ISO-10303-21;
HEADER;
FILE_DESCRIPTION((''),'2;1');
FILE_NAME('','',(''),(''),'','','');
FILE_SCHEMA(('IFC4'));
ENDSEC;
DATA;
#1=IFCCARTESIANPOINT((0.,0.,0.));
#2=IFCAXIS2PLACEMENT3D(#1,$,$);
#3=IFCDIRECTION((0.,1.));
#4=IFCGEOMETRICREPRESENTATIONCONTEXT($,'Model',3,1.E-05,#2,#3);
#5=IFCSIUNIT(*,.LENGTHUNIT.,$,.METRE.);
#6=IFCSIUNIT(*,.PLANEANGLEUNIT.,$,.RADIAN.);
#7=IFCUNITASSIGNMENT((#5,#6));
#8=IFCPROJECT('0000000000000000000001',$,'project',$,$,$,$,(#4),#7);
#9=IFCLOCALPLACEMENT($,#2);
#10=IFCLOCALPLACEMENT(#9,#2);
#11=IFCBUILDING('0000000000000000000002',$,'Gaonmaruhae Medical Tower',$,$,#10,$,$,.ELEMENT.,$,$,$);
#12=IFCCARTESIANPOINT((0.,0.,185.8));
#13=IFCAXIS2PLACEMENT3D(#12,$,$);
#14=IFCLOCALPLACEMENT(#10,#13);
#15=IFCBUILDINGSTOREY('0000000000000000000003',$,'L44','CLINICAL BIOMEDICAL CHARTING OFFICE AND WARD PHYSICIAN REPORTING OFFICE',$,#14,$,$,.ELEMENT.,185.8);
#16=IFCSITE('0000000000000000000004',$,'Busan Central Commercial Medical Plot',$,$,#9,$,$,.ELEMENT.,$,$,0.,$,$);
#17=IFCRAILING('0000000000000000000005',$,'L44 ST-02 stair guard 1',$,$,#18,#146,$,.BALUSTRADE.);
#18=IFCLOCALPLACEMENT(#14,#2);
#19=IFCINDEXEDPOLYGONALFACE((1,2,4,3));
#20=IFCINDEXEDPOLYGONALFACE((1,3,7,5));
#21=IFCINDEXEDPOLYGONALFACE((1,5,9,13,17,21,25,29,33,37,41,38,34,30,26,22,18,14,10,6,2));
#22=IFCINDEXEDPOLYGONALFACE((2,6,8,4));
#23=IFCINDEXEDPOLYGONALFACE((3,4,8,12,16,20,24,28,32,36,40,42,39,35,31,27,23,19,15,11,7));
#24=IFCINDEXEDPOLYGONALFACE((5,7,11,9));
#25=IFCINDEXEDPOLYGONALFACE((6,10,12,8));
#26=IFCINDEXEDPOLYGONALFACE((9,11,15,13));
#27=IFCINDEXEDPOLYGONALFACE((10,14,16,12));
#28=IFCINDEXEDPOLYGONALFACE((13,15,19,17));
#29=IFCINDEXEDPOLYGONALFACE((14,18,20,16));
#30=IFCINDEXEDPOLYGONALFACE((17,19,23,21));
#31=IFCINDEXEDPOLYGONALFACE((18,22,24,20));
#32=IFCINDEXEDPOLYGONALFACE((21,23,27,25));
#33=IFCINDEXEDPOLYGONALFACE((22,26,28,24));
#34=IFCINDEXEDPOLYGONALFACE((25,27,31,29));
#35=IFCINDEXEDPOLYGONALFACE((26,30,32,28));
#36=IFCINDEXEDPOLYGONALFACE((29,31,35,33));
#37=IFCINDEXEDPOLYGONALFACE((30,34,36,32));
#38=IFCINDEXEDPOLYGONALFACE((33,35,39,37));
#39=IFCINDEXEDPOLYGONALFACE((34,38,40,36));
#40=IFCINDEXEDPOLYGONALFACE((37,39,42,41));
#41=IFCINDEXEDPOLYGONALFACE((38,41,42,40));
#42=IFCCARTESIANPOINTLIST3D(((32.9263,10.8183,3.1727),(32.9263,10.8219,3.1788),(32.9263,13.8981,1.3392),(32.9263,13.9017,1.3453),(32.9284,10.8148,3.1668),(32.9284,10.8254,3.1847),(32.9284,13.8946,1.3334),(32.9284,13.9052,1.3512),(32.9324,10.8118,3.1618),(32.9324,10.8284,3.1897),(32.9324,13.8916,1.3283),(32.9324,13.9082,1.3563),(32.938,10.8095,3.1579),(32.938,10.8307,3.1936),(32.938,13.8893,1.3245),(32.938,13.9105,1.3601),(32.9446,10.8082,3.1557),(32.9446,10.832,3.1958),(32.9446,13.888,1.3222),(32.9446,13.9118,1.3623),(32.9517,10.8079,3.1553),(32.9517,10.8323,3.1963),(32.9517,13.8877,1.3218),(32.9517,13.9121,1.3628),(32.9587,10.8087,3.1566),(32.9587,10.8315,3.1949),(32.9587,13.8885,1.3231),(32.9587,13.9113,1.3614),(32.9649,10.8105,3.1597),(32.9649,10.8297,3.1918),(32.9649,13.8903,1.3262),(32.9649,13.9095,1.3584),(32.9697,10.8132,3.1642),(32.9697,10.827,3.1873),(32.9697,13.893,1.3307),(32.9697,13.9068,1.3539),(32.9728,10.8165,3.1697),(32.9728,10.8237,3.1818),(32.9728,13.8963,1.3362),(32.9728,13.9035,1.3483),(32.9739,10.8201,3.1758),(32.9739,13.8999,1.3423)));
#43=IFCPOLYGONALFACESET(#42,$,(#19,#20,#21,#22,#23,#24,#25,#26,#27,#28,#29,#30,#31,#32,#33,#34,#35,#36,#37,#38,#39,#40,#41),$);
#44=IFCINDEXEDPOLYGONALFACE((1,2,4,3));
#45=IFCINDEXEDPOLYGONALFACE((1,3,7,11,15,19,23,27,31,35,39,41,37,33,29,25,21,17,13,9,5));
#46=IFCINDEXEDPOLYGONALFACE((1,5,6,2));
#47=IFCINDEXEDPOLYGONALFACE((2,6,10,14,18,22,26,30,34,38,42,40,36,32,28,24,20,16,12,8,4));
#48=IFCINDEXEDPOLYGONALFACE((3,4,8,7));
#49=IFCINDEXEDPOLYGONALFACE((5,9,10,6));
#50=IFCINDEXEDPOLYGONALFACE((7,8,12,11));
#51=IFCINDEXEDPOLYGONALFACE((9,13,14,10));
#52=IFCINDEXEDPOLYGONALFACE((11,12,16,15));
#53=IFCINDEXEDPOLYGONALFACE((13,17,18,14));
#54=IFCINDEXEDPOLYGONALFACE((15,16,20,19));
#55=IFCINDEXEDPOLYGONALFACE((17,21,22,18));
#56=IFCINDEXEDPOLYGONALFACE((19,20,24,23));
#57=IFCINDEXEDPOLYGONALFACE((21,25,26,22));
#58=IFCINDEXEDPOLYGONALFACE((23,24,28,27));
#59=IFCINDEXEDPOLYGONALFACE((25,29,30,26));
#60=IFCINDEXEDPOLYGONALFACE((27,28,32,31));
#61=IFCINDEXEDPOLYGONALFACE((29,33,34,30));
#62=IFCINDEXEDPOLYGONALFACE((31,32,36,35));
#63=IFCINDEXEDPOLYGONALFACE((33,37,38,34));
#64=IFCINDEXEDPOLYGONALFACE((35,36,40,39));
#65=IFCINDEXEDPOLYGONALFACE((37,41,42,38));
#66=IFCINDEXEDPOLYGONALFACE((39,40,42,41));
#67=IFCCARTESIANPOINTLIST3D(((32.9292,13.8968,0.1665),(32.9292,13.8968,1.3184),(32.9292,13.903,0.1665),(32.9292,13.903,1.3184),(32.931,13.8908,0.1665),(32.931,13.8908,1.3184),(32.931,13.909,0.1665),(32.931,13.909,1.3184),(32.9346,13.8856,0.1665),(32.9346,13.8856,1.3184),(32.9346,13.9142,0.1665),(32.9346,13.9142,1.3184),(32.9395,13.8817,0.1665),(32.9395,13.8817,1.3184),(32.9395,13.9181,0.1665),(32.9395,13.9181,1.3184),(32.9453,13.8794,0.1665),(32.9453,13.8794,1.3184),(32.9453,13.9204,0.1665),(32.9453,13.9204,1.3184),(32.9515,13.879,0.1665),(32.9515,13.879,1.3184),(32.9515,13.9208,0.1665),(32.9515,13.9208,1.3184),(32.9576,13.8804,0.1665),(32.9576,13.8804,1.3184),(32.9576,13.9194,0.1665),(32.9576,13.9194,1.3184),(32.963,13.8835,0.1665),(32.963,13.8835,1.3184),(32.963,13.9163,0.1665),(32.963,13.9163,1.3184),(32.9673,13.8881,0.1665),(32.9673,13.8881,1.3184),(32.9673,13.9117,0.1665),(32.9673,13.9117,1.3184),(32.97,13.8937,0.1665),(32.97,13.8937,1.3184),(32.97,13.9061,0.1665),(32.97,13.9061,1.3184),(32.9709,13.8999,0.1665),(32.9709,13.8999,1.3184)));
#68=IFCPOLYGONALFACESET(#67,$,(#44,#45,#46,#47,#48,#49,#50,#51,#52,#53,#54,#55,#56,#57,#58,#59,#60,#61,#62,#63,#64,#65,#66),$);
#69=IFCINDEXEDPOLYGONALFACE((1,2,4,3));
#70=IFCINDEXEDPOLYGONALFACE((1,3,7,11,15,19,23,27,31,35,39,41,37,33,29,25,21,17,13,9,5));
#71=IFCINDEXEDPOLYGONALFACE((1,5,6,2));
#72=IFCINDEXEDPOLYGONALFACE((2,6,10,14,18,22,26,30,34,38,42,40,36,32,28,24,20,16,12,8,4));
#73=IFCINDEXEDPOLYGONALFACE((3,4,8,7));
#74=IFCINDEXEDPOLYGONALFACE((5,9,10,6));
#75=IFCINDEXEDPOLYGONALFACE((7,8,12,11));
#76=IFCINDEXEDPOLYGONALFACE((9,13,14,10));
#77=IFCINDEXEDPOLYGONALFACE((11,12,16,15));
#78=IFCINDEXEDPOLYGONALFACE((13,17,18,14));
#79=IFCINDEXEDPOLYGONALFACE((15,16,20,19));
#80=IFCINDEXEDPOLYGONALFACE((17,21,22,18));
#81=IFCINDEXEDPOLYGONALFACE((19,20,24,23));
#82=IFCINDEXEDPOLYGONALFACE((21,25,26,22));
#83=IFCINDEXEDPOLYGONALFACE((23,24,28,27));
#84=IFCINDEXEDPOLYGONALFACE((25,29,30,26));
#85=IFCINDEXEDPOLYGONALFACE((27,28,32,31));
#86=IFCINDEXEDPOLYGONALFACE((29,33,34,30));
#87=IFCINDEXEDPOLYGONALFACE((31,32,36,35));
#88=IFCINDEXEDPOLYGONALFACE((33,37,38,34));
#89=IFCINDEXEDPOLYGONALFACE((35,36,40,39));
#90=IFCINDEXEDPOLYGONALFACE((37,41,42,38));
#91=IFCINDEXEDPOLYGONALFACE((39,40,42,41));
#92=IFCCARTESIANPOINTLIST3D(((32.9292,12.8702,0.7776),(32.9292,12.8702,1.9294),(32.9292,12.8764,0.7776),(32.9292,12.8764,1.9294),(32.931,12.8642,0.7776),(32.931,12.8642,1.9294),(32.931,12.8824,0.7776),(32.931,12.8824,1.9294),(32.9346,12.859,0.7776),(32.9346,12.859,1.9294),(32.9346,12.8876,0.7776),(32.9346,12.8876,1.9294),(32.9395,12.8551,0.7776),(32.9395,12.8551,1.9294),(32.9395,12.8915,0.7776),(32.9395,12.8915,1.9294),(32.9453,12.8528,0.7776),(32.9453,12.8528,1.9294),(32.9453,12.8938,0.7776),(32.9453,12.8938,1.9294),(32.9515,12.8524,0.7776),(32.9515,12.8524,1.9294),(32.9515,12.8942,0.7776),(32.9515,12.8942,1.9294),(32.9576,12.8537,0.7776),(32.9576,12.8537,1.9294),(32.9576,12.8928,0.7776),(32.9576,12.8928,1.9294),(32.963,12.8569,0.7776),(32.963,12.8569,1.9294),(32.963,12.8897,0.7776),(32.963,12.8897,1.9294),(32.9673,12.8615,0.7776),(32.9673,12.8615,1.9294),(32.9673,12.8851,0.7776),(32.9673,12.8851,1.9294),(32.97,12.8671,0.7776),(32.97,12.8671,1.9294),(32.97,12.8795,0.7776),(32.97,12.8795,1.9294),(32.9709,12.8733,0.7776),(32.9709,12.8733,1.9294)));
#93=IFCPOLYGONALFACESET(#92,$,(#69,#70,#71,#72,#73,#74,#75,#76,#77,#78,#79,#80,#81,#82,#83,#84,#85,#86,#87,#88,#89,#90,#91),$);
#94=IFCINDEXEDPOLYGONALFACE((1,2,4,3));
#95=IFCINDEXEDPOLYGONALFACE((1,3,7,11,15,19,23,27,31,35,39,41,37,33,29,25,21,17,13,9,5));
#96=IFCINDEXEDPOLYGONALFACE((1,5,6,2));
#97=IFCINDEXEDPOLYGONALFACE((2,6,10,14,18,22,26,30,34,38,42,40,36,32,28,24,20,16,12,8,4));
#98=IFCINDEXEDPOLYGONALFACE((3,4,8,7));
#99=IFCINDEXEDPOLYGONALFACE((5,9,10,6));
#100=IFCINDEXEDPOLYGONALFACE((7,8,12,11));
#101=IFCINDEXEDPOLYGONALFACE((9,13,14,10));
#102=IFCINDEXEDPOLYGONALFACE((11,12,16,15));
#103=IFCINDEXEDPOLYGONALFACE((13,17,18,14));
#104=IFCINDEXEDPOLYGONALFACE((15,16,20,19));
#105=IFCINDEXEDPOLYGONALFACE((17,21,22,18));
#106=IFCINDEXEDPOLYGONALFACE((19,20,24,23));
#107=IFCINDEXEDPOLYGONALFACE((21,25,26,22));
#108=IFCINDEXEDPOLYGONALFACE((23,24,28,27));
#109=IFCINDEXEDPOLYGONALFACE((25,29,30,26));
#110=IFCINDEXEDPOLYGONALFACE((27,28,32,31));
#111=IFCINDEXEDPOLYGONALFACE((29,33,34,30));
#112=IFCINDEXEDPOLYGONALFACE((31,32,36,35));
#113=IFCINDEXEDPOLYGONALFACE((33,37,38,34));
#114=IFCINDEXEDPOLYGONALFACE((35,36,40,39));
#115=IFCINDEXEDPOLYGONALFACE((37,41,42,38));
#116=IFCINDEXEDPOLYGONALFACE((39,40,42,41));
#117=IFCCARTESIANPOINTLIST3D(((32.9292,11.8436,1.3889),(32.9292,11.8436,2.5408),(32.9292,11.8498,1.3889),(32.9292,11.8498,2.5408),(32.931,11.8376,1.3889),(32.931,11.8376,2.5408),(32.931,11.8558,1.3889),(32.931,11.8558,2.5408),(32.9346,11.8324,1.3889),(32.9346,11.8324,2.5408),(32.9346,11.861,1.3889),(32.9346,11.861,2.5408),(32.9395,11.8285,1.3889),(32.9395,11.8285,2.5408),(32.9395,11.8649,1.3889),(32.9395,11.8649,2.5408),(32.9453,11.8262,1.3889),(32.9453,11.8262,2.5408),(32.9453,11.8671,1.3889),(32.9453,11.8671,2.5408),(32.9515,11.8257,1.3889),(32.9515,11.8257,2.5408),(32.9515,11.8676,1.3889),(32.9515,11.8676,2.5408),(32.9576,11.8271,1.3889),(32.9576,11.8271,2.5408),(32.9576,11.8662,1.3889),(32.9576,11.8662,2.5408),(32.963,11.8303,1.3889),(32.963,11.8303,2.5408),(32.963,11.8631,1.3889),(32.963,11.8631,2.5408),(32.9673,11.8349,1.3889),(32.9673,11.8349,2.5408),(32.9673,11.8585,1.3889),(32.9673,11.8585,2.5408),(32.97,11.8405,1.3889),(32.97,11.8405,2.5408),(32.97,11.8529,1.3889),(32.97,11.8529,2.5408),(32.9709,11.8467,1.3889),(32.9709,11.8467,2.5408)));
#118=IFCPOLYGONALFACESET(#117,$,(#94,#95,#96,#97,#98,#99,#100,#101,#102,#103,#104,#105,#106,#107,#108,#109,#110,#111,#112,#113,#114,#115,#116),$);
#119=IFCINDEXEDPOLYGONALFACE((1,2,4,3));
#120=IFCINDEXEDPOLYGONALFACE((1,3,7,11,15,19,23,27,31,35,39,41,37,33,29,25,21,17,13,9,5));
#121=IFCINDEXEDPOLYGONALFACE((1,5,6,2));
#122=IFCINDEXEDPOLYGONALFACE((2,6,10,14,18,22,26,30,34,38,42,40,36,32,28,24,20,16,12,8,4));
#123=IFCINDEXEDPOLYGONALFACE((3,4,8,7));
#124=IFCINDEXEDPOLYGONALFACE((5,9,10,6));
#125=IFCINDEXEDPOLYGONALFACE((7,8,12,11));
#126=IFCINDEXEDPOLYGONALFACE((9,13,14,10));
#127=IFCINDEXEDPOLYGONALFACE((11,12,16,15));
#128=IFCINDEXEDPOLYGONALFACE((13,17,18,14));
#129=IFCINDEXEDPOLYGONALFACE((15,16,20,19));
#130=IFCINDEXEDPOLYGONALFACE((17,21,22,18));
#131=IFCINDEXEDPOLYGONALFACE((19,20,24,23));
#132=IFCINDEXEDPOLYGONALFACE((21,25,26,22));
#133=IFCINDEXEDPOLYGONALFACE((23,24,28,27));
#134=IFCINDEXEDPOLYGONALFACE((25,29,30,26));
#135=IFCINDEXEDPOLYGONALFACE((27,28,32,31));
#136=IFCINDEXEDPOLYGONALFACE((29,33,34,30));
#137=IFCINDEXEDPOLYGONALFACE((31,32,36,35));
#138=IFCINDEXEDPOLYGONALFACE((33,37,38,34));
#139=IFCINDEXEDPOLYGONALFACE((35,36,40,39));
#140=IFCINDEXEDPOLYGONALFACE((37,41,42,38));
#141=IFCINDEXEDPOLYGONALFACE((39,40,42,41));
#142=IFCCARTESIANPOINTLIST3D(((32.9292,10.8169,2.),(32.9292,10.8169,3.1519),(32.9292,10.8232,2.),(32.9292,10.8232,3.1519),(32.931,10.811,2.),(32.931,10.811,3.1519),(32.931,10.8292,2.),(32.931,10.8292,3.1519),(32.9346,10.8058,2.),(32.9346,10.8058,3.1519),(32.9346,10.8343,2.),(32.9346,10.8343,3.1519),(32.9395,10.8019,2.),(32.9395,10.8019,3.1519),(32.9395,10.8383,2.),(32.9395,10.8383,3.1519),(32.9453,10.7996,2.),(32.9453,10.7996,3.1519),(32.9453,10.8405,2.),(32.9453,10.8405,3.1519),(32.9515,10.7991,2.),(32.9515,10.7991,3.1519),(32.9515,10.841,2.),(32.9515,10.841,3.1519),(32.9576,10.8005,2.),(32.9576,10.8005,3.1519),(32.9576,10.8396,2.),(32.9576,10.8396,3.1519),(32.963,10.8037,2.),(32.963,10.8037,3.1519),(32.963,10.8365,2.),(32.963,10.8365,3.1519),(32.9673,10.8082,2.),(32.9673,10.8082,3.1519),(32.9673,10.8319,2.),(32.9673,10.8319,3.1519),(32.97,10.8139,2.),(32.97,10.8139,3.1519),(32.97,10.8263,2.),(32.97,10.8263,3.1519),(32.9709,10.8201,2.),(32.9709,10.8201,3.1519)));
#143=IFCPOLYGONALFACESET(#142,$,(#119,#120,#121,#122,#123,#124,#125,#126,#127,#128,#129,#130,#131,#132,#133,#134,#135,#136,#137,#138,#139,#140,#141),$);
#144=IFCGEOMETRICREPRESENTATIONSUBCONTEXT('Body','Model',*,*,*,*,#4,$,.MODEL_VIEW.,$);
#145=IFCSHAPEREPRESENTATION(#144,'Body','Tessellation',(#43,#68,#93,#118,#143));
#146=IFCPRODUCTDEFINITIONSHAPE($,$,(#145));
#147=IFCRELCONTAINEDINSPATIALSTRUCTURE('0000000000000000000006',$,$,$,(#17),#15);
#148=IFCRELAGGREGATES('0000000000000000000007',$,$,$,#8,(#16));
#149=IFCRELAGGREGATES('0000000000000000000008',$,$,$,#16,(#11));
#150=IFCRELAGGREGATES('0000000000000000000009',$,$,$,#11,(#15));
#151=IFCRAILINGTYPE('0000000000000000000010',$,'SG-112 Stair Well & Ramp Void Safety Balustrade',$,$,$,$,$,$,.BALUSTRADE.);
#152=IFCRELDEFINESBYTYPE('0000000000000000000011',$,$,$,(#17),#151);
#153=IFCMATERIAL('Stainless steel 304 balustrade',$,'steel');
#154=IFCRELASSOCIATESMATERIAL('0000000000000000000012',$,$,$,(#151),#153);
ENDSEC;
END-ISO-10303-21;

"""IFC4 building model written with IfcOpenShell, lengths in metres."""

from ifc_helpers import new_model, si_unit, direction, frame, origin, origin_2d, place, context, subcontext, project, spatial, circle, extrude, material, type_object, element, save


model = new_model("IFC4")

# Units and contexts
model_context = context("Model", 3, precision=1e-05, world=origin(), true_north=direction((0.0, 1.0)))
body_context = subcontext(model_context, "Body", "Model", "MODEL_VIEW")
ifc_project = project(units=[si_unit("LENGTHUNIT", "METRE"), si_unit("PLANEANGLEUNIT", "RADIAN")], contexts=[model_context])

# Site, building, storey
site_placement = place(None, origin())
site = spatial("IfcSite", under=ifc_project, at=site_placement, Name="Busan Central Commercial Medical Plot", CompositionType="ELEMENT", RefElevation=0.0)
building_placement = place(site_placement, origin())
building = spatial("IfcBuilding", under=site, at=building_placement, Name="Gaonmaruhae Medical Tower", CompositionType="ELEMENT")
storey_placement = place(building_placement, frame((0.0, 0.0, 185.8)))
storey = spatial("IfcBuildingStorey", under=building, at=storey_placement, Name="L44", Description="CLINICAL BIOMEDICAL CHARTING OFFICE AND WARD PHYSICIAN REPORTING OFFICE", CompositionType="ELEMENT", Elevation=185.8)

# Railing
ifc_material_1 = material(Name="Stainless steel 304 balustrade", Category="steel")
railing_type_1 = type_object("IfcRailingType", Name="SG-112 Stair Well & Ramp Void Safety Balustrade", PredefinedType="BALUSTRADE", material=ifc_material_1)
railing_1_placement = place(storey_placement, frame((32.95, 13.8999, 0.1665)))
element("IfcRailing", 1, at=railing_1_placement, inside=storey, type_object=railing_type_1, Name="L44 ST-02 stair guard 1", PredefinedType="BALUSTRADE", context=body_context, shape_type="SweptSolid", body=[
    extrude(circle(Radius=0.0239, at=origin_2d()), frame((0.0, 0.0, 1.1758), z_axis=(0.0, -0.859261, 0.511538), x_axis=(1.0, 0.0, 0.0)), (0.0, 0.0, 1.0), 3.5842),
    extrude(circle(Radius=0.021, at=origin_2d()), origin(), (0.0, 0.0, 1.0), 1.1519),
    extrude(circle(Radius=0.021, at=origin_2d()), frame((0.0, -1.0266, 0.6111)), (0.0, 0.0, 1.0), 1.1519),
    extrude(circle(Radius=0.021, at=origin_2d()), frame((0.0, -2.0532, 1.2224)), (0.0, 0.0, 1.0), 1.1519),
    extrude(circle(Radius=0.021, at=origin_2d()), frame((0.0, -3.0798, 1.8335)), (0.0, 0.0, 1.0), 1.1519),
])

save(model, "model.ifc")
